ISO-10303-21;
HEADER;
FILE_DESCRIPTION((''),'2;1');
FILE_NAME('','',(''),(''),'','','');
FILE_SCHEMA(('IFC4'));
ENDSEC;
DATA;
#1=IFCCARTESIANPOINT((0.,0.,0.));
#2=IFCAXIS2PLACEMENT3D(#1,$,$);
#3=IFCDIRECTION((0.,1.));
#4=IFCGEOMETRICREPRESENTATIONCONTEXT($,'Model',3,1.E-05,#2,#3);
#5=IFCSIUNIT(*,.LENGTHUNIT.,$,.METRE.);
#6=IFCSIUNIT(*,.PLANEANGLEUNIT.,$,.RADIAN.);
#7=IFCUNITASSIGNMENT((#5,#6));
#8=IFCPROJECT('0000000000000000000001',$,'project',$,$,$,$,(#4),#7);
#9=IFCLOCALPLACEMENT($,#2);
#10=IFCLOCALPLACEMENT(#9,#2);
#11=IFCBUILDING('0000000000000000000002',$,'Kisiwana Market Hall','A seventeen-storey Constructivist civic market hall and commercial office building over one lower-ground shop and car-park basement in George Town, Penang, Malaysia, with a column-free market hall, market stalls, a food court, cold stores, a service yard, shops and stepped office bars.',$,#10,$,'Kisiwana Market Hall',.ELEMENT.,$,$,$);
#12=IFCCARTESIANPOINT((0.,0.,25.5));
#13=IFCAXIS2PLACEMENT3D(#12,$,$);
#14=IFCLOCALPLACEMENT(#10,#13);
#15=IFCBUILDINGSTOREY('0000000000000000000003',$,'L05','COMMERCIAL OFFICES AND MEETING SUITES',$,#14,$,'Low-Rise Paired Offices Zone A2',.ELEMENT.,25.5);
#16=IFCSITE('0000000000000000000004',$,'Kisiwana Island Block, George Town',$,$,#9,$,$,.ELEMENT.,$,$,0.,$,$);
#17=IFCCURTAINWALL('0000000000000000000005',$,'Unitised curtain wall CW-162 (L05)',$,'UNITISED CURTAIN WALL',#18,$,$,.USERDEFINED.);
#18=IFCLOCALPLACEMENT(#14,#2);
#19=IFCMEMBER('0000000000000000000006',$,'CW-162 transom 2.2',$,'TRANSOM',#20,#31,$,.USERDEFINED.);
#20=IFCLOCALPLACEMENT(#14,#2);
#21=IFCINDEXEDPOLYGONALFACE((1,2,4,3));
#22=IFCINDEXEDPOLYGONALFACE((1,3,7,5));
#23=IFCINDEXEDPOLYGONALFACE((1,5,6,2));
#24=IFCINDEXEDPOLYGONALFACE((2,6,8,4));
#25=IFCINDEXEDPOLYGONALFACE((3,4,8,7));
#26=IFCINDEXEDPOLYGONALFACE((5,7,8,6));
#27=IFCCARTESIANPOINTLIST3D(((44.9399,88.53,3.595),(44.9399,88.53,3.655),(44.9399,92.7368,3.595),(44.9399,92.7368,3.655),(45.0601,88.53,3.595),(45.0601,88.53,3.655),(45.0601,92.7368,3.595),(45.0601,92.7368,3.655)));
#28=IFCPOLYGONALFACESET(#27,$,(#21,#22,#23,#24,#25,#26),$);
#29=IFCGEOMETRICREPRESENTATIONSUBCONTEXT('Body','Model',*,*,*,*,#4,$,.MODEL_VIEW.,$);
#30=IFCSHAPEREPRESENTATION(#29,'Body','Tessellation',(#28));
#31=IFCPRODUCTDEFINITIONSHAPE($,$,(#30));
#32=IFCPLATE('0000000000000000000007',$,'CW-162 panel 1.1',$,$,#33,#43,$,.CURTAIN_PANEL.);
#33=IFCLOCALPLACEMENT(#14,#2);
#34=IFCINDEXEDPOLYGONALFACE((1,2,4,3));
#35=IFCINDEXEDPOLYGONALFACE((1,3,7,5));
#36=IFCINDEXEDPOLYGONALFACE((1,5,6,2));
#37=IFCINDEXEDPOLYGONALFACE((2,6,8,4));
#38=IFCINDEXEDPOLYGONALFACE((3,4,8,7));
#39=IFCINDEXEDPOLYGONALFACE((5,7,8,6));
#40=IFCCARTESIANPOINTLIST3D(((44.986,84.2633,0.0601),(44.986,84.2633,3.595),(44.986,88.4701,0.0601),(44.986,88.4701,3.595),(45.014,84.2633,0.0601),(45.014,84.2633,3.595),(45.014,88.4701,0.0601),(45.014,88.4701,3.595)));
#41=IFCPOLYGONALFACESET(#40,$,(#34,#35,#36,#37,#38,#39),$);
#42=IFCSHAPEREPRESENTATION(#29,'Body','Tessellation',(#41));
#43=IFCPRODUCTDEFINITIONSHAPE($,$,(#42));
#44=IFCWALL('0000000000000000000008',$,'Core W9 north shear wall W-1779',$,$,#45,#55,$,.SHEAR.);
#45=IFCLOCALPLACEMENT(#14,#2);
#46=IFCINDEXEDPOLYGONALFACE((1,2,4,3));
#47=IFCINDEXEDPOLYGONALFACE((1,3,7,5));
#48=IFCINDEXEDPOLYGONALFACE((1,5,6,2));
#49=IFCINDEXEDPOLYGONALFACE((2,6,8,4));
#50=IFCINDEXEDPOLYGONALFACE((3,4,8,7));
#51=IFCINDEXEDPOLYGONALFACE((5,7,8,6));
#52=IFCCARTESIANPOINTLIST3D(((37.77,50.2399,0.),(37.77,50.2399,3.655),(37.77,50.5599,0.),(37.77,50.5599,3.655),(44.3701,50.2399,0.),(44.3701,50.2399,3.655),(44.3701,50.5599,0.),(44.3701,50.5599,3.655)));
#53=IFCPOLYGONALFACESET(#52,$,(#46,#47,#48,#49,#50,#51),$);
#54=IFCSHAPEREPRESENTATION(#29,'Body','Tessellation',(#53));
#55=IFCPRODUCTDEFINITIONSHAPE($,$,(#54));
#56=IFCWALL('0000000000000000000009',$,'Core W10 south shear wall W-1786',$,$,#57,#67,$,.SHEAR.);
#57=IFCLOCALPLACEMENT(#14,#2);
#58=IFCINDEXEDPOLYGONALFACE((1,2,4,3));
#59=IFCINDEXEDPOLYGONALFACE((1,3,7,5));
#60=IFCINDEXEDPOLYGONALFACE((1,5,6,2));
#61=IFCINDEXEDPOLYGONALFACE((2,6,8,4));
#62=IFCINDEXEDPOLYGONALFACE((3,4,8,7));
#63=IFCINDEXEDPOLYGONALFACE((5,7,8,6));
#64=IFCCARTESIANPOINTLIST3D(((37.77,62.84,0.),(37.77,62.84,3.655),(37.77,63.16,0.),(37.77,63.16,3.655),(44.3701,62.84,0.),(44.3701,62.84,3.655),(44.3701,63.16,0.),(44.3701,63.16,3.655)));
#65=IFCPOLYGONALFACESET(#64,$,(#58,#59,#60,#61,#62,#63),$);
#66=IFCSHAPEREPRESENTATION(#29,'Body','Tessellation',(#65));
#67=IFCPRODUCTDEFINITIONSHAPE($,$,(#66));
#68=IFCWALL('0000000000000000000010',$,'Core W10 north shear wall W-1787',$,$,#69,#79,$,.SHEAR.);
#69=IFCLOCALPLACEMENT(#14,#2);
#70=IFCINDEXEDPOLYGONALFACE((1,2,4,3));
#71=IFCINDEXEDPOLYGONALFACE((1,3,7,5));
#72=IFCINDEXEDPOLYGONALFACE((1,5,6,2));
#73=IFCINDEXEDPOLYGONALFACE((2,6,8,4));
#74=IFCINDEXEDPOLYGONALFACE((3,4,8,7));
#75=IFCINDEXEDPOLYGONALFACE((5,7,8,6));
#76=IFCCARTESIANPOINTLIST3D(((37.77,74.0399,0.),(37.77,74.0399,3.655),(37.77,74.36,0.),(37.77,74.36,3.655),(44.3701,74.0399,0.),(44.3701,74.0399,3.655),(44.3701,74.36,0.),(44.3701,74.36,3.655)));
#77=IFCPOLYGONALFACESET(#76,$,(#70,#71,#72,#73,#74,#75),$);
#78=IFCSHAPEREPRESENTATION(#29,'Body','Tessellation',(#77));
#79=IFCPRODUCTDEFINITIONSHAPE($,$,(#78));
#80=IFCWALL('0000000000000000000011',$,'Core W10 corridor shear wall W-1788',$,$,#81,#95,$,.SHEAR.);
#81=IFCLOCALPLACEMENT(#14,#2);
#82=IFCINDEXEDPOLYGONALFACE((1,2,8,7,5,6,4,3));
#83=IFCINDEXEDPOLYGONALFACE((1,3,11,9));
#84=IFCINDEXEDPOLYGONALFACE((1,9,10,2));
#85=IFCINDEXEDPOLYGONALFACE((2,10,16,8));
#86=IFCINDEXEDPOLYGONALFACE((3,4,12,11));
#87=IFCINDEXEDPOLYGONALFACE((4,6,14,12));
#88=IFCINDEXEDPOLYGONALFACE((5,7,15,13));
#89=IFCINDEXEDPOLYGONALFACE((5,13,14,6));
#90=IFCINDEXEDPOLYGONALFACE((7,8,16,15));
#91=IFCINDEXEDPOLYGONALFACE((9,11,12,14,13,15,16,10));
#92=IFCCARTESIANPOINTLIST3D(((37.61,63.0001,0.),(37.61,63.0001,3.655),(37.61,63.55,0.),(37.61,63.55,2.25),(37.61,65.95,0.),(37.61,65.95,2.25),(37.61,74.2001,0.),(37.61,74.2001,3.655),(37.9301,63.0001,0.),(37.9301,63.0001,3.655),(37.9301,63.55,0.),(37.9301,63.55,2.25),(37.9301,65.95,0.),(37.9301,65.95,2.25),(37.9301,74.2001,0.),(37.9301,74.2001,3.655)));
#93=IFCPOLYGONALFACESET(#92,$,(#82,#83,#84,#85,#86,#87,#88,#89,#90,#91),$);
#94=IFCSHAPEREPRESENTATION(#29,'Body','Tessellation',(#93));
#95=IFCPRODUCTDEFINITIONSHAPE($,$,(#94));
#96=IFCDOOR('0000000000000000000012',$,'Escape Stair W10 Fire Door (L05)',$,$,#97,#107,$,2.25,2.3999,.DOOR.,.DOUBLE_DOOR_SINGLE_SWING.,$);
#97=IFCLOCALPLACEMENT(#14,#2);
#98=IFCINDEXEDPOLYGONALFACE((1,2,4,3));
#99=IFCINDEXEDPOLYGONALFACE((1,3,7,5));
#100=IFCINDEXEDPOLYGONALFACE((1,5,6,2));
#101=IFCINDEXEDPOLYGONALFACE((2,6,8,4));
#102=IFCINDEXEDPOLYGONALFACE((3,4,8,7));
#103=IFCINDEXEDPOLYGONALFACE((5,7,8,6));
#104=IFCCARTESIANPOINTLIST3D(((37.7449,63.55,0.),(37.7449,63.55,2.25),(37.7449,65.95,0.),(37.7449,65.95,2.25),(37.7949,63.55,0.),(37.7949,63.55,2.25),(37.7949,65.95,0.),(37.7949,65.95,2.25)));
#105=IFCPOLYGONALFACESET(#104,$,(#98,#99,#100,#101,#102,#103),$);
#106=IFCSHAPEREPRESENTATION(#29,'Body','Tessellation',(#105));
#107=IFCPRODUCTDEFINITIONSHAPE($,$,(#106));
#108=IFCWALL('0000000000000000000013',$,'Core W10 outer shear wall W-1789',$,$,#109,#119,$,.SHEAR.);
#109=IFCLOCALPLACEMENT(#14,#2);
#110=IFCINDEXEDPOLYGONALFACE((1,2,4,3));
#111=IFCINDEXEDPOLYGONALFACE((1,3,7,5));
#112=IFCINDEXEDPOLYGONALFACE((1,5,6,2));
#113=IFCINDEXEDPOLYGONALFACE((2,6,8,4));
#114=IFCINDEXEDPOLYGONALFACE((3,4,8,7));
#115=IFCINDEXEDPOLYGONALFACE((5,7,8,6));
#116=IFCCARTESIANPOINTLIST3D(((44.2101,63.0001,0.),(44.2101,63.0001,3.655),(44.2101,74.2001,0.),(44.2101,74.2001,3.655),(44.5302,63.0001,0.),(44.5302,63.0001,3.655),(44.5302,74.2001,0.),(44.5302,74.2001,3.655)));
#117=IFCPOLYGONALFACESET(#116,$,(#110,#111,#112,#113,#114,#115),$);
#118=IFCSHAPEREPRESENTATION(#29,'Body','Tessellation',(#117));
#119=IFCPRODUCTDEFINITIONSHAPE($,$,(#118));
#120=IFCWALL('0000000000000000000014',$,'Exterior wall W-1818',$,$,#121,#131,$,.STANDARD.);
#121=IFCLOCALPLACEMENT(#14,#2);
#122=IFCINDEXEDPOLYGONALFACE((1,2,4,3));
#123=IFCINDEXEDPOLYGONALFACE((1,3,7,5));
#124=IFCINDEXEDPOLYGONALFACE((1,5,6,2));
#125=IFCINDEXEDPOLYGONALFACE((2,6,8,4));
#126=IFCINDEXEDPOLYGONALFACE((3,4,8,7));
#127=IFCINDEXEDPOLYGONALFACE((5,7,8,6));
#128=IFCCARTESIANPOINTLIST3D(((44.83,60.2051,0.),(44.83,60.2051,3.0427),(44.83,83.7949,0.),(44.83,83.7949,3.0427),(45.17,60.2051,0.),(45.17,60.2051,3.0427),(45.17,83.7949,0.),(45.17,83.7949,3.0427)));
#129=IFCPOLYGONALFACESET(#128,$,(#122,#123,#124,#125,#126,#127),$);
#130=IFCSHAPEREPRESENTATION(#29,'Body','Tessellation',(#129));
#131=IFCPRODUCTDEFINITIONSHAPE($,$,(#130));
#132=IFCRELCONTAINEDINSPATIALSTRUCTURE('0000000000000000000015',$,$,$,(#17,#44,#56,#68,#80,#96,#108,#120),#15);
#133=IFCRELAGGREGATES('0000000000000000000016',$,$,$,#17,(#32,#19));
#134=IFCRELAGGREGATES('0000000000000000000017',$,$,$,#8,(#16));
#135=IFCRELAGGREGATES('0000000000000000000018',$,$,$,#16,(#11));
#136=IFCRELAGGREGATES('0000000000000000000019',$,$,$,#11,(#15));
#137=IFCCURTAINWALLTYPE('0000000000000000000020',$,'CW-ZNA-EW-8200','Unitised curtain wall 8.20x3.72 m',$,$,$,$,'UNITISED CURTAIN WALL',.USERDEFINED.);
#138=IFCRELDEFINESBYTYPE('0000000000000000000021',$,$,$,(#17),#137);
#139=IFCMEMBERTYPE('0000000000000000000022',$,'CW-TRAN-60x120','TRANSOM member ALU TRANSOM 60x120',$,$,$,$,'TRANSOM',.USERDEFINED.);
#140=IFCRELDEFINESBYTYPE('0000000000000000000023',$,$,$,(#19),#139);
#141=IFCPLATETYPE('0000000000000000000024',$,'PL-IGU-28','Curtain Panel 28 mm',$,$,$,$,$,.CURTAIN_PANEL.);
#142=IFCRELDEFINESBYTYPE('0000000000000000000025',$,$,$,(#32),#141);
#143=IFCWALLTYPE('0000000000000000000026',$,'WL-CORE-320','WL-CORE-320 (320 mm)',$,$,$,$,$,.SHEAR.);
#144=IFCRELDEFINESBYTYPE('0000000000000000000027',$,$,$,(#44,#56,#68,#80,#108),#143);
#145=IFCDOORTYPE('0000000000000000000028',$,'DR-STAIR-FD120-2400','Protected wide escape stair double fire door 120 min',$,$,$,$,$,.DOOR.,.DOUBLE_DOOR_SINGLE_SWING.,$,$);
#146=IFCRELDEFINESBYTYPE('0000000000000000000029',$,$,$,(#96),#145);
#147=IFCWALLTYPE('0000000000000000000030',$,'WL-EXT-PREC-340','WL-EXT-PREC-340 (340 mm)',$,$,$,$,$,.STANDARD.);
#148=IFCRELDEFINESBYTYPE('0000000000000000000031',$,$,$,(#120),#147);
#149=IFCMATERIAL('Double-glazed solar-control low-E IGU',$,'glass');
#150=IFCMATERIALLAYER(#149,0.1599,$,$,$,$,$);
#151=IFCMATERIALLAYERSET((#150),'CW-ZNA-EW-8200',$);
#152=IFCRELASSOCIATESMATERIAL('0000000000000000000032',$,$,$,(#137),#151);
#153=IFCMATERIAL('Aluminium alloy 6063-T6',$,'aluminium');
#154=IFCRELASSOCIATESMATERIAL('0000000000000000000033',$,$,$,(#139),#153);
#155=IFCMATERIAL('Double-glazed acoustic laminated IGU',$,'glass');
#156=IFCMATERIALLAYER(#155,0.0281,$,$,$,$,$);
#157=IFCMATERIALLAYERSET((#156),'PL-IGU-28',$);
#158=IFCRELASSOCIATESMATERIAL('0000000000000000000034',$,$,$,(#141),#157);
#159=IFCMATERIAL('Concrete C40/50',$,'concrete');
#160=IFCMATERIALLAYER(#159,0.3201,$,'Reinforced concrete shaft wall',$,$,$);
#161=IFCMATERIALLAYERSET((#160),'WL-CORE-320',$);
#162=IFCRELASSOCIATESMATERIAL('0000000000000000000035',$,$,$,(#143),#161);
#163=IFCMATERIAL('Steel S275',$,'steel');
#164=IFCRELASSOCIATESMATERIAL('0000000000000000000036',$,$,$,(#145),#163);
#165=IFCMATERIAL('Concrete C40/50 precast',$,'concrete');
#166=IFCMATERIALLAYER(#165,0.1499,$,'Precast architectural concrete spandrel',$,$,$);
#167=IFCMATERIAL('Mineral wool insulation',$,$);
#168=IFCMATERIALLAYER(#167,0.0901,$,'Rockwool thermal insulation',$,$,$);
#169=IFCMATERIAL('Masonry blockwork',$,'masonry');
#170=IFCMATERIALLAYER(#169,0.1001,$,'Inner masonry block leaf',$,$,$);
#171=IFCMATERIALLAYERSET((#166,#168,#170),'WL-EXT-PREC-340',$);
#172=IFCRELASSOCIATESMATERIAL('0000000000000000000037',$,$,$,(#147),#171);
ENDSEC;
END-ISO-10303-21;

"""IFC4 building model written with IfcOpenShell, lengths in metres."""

from ifc_helpers import new_model, si_unit, direction, frame, frame_2d, origin, origin_2d, place, context, subcontext, project, spatial, rectangle, extrude, material, layer, layer_set, material_profile, profile_set, type_object, element, fill, aggregate, save


model = new_model("IFC4")

# Units and contexts
model_context = context("Model", 3, precision=1e-05, world=origin(), true_north=direction((0.0, 1.0)))
body_context = subcontext(model_context, "Body", "Model", "MODEL_VIEW")
ifc_project = project(units=[si_unit("LENGTHUNIT", "METRE"), si_unit("PLANEANGLEUNIT", "RADIAN")], contexts=[model_context])

# Site, building, storey
site_placement = place(None, origin())
site = spatial("IfcSite", under=ifc_project, at=site_placement, Name="Kisiwana Island Block, George Town", CompositionType="ELEMENT", RefElevation=0.0)
building_placement = place(site_placement, origin())
building = spatial("IfcBuilding", under=site, at=building_placement, Name="Kisiwana Market Hall", Description="A seventeen-storey Constructivist civic market hall and commercial office building over one lower-ground shop and car-park basement in George Town, Penang, Malaysia, with a column-free market hall, market stalls, a food court, cold stores, a service yard, shops and stepped office bars.", LongName="Kisiwana Market Hall", CompositionType="ELEMENT")
storey_placement = place(building_placement, frame((0.0, 0.0, 25.5)))
storey = spatial("IfcBuildingStorey", under=building, at=storey_placement, Name="L05", Description="COMMERCIAL OFFICES AND MEETING SUITES", LongName="Low-Rise Paired Offices Zone A2", CompositionType="ELEMENT", Elevation=25.5)

# Curtain wall, member, plate
ifc_material_1 = material(Name="Double-glazed solar-control low-E IGU", Category="glass")
ifc_layer_1 = layer(ifc_material_1, 0.1599)
ifc_layer_set_1 = layer_set([ifc_layer_1], Name="CW-ZNA-EW-8200")
curtain_wall_type = type_object("IfcCurtainWallType", Name="CW-ZNA-EW-8200", Description="Unitised curtain wall 8.20x3.72 m", ElementType="UNITISED CURTAIN WALL", PredefinedType="USERDEFINED", material=ifc_layer_set_1)
curtain_wall_placement = place(storey_placement, origin())
curtain_wall = element("IfcCurtainWall", 1, at=curtain_wall_placement, inside=storey, type_object=curtain_wall_type, Name="Unitised curtain wall CW-162 (L05)", ObjectType="UNITISED CURTAIN WALL", PredefinedType="USERDEFINED")
ifc_material_2 = material(Name="Aluminium alloy 6063-T6", Category="aluminium")
ifc_material_profile_1 = material_profile(ifc_material_2, rectangle(XDim=0.1201, YDim=0.0601, at=origin_2d()), Name="ALU TRANSOM 60x120")
ifc_profile_set_1 = profile_set([ifc_material_profile_1], Name="Aluminium alloy 6063-T6")
member_type_1 = type_object("IfcMemberType", Name="CW-TRAN-60x120", Description="TRANSOM member ALU TRANSOM 60x120", ElementType="TRANSOM", PredefinedType="USERDEFINED", material=ifc_profile_set_1)
member_1_placement = place(storey_placement, frame((45.0, 88.53, 3.625), z_axis=(0.0, 1.0, 0.0), x_axis=(-1.0, 0.0, 0.0)))
member_1 = element("IfcMember", 2, at=member_1_placement, type_object=member_type_1, Name="CW-162 transom 2.2", ObjectType="TRANSOM", PredefinedType="USERDEFINED", context=body_context, shape_type="SweptSolid", body=[
    extrude(rectangle(XDim=0.1201, YDim=0.0601, at=origin_2d()), origin(), (0.0, 0.0, 1.0), 4.2068),
])
ifc_material_3 = material(Name="Double-glazed acoustic laminated IGU", Category="glass")
ifc_layer_2 = layer(ifc_material_3, 0.0281)
ifc_layer_set_2 = layer_set([ifc_layer_2], Name="PL-IGU-28")
plate_type = type_object("IfcPlateType", Name="PL-IGU-28", Description="Curtain Panel 28 mm", PredefinedType="CURTAIN_PANEL", material=ifc_layer_set_2)
plate_placement = place(storey_placement, frame((45.0, 86.3667, 0.0601), z_axis=(0.0, 0.0, 1.0), x_axis=(0.0, 1.0, 0.0)))
plate = element("IfcPlate", 3, at=plate_placement, type_object=plate_type, Name="CW-162 panel 1.1", PredefinedType="CURTAIN_PANEL", context=body_context, shape_type="SweptSolid", body=[
    extrude(rectangle(XDim=4.2068, YDim=0.0281, at=origin_2d()), origin(), (0.0, 0.0, 1.0), 3.5349),
])
aggregate(curtain_wall, [plate, member_1])

# Walls
ifc_material_4 = material(Name="Concrete C40/50", Category="concrete")
ifc_layer_3 = layer(ifc_material_4, 0.3201, Name="Reinforced concrete shaft wall")
ifc_layer_set_3 = layer_set([ifc_layer_3], Name="WL-CORE-320")
wall_type_1 = type_object("IfcWallType", Name="WL-CORE-320", Description="WL-CORE-320 (320 mm)", PredefinedType="SHEAR", material=ifc_layer_set_3)
for number, where, z_axis, x_axis, name in (
    (4, (37.77, 50.3999, 0.0), (0.0, 0.0, 1.0), (1.0, 0.0, 0.0), "Core W9 north shear wall W-1779"),
    (5, (37.77, 63.0, 0.0), (0.0, 0.0, 1.0), (1.0, 0.0, 0.0), "Core W10 south shear wall W-1786"),
    (6, (37.77, 74.2, 0.0), (0.0, 0.0, 1.0), (1.0, 0.0, 0.0), "Core W10 north shear wall W-1787"),
):
    element("IfcWall", number, at=place(storey_placement, frame(where, z_axis=z_axis, x_axis=x_axis)), inside=storey, type_object=wall_type_1, Name=name, PredefinedType="SHEAR", context=body_context, shape_type="SweptSolid", body=[
        extrude(rectangle(XDim=6.6001, YDim=0.3201, at=frame_2d((3.3, 0.0))), origin(), (0.0, 0.0, 1.0), 3.655),
    ])

# Wall, opening, door
wall_1_placement = place(storey_placement, frame((37.77, 63.0, 0.0), z_axis=(0.0, 0.0, 1.0), x_axis=(0.0, 1.0, 0.0)))
wall_1 = element("IfcWall", 7, at=wall_1_placement, inside=storey, type_object=wall_type_1, Name="Core W10 corridor shear wall W-1788", PredefinedType="SHEAR", context=body_context, shape_type="SweptSolid", body=[
    extrude(rectangle(XDim=11.2, YDim=0.3201, at=frame_2d((5.6001, 0.0))), origin(), (0.0, 0.0, 1.0), 3.655),
])
opening_placement = place(wall_1_placement, frame((0.55, 0.0, 0.0)))
opening = element("IfcOpeningElement", 8, at=opening_placement, cuts=wall_1, PredefinedType="OPENING", context=body_context, shape_type="SweptSolid", body=[
    extrude(rectangle(XDim=2.3999, YDim=2.25, at=frame_2d((1.2, 1.125))), frame((0.0, 0.1719, 0.0), z_axis=(0.0, -1.0, 0.0), x_axis=(1.0, 0.0, 0.0)), (0.0, 0.0, 1.0), 0.344),
])
ifc_material_5 = material(Name="Steel S275", Category="steel")
door_type = type_object("IfcDoorType", Name="DR-STAIR-FD120-2400", Description="Protected wide escape stair double fire door 120 min", OperationType="DOUBLE_DOOR_SINGLE_SWING", PredefinedType="DOOR", material=ifc_material_5)
door_placement = place(opening_placement, frame((2.3999, 0.0, 0.0), z_axis=(0.0, 0.0, 1.0), x_axis=(-1.0, 0.0, 0.0)))
door = element("IfcDoor", 9, at=door_placement, inside=storey, type_object=door_type, Name="Escape Stair W10 Fire Door (L05)", OperationType="DOUBLE_DOOR_SINGLE_SWING", OverallHeight=2.25, OverallWidth=2.3999, PredefinedType="DOOR", context=body_context, shape_type="SweptSolid", body=[
    extrude(rectangle(XDim=2.3999, YDim=2.25, at=frame_2d((1.2, 1.125))), frame((0.0, 0.0249, 0.0), z_axis=(0.0, -1.0, 0.0), x_axis=(1.0, 0.0, 0.0)), (0.0, 0.0, 1.0), 0.05),
])
fill(opening, door)

# Walls
wall_2_placement = place(storey_placement, frame((44.3701, 63.0, 0.0), z_axis=(0.0, 0.0, 1.0), x_axis=(0.0, 1.0, 0.0)))
element("IfcWall", 10, at=wall_2_placement, inside=storey, type_object=wall_type_1, Name="Core W10 outer shear wall W-1789", PredefinedType="SHEAR", context=body_context, shape_type="SweptSolid", body=[
    extrude(rectangle(XDim=11.2, YDim=0.3201, at=frame_2d((5.6001, 0.0))), origin(), (0.0, 0.0, 1.0), 3.655),
])
ifc_material_6 = material(Name="Concrete C40/50 precast", Category="concrete")
ifc_layer_4 = layer(ifc_material_6, 0.1499, Name="Precast architectural concrete spandrel")
ifc_material_7 = material(Name="Mineral wool insulation")
ifc_layer_5 = layer(ifc_material_7, 0.0901, Name="Rockwool thermal insulation")
ifc_material_8 = material(Name="Masonry blockwork", Category="masonry")
ifc_layer_6 = layer(ifc_material_8, 0.1001, Name="Inner masonry block leaf")
ifc_layer_set_4 = layer_set([ifc_layer_4, ifc_layer_5, ifc_layer_6], Name="WL-EXT-PREC-340")
wall_type_2 = type_object("IfcWallType", Name="WL-EXT-PREC-340", Description="WL-EXT-PREC-340 (340 mm)", PredefinedType="STANDARD", material=ifc_layer_set_4)
wall_3_placement = place(storey_placement, frame((45.0, 60.2051, 0.0), z_axis=(0.0, 0.0, 1.0), x_axis=(0.0, 1.0, 0.0)))
element("IfcWall", 11, at=wall_3_placement, inside=storey, type_object=wall_type_2, Name="Exterior wall W-1818", PredefinedType="STANDARD", context=body_context, shape_type="SweptSolid", body=[
    extrude(rectangle(XDim=23.5898, YDim=0.3401, at=frame_2d((11.7949, 0.0))), origin(), (0.0, 0.0, 1.0), 3.0427),
])

save(model, "model.ifc")
